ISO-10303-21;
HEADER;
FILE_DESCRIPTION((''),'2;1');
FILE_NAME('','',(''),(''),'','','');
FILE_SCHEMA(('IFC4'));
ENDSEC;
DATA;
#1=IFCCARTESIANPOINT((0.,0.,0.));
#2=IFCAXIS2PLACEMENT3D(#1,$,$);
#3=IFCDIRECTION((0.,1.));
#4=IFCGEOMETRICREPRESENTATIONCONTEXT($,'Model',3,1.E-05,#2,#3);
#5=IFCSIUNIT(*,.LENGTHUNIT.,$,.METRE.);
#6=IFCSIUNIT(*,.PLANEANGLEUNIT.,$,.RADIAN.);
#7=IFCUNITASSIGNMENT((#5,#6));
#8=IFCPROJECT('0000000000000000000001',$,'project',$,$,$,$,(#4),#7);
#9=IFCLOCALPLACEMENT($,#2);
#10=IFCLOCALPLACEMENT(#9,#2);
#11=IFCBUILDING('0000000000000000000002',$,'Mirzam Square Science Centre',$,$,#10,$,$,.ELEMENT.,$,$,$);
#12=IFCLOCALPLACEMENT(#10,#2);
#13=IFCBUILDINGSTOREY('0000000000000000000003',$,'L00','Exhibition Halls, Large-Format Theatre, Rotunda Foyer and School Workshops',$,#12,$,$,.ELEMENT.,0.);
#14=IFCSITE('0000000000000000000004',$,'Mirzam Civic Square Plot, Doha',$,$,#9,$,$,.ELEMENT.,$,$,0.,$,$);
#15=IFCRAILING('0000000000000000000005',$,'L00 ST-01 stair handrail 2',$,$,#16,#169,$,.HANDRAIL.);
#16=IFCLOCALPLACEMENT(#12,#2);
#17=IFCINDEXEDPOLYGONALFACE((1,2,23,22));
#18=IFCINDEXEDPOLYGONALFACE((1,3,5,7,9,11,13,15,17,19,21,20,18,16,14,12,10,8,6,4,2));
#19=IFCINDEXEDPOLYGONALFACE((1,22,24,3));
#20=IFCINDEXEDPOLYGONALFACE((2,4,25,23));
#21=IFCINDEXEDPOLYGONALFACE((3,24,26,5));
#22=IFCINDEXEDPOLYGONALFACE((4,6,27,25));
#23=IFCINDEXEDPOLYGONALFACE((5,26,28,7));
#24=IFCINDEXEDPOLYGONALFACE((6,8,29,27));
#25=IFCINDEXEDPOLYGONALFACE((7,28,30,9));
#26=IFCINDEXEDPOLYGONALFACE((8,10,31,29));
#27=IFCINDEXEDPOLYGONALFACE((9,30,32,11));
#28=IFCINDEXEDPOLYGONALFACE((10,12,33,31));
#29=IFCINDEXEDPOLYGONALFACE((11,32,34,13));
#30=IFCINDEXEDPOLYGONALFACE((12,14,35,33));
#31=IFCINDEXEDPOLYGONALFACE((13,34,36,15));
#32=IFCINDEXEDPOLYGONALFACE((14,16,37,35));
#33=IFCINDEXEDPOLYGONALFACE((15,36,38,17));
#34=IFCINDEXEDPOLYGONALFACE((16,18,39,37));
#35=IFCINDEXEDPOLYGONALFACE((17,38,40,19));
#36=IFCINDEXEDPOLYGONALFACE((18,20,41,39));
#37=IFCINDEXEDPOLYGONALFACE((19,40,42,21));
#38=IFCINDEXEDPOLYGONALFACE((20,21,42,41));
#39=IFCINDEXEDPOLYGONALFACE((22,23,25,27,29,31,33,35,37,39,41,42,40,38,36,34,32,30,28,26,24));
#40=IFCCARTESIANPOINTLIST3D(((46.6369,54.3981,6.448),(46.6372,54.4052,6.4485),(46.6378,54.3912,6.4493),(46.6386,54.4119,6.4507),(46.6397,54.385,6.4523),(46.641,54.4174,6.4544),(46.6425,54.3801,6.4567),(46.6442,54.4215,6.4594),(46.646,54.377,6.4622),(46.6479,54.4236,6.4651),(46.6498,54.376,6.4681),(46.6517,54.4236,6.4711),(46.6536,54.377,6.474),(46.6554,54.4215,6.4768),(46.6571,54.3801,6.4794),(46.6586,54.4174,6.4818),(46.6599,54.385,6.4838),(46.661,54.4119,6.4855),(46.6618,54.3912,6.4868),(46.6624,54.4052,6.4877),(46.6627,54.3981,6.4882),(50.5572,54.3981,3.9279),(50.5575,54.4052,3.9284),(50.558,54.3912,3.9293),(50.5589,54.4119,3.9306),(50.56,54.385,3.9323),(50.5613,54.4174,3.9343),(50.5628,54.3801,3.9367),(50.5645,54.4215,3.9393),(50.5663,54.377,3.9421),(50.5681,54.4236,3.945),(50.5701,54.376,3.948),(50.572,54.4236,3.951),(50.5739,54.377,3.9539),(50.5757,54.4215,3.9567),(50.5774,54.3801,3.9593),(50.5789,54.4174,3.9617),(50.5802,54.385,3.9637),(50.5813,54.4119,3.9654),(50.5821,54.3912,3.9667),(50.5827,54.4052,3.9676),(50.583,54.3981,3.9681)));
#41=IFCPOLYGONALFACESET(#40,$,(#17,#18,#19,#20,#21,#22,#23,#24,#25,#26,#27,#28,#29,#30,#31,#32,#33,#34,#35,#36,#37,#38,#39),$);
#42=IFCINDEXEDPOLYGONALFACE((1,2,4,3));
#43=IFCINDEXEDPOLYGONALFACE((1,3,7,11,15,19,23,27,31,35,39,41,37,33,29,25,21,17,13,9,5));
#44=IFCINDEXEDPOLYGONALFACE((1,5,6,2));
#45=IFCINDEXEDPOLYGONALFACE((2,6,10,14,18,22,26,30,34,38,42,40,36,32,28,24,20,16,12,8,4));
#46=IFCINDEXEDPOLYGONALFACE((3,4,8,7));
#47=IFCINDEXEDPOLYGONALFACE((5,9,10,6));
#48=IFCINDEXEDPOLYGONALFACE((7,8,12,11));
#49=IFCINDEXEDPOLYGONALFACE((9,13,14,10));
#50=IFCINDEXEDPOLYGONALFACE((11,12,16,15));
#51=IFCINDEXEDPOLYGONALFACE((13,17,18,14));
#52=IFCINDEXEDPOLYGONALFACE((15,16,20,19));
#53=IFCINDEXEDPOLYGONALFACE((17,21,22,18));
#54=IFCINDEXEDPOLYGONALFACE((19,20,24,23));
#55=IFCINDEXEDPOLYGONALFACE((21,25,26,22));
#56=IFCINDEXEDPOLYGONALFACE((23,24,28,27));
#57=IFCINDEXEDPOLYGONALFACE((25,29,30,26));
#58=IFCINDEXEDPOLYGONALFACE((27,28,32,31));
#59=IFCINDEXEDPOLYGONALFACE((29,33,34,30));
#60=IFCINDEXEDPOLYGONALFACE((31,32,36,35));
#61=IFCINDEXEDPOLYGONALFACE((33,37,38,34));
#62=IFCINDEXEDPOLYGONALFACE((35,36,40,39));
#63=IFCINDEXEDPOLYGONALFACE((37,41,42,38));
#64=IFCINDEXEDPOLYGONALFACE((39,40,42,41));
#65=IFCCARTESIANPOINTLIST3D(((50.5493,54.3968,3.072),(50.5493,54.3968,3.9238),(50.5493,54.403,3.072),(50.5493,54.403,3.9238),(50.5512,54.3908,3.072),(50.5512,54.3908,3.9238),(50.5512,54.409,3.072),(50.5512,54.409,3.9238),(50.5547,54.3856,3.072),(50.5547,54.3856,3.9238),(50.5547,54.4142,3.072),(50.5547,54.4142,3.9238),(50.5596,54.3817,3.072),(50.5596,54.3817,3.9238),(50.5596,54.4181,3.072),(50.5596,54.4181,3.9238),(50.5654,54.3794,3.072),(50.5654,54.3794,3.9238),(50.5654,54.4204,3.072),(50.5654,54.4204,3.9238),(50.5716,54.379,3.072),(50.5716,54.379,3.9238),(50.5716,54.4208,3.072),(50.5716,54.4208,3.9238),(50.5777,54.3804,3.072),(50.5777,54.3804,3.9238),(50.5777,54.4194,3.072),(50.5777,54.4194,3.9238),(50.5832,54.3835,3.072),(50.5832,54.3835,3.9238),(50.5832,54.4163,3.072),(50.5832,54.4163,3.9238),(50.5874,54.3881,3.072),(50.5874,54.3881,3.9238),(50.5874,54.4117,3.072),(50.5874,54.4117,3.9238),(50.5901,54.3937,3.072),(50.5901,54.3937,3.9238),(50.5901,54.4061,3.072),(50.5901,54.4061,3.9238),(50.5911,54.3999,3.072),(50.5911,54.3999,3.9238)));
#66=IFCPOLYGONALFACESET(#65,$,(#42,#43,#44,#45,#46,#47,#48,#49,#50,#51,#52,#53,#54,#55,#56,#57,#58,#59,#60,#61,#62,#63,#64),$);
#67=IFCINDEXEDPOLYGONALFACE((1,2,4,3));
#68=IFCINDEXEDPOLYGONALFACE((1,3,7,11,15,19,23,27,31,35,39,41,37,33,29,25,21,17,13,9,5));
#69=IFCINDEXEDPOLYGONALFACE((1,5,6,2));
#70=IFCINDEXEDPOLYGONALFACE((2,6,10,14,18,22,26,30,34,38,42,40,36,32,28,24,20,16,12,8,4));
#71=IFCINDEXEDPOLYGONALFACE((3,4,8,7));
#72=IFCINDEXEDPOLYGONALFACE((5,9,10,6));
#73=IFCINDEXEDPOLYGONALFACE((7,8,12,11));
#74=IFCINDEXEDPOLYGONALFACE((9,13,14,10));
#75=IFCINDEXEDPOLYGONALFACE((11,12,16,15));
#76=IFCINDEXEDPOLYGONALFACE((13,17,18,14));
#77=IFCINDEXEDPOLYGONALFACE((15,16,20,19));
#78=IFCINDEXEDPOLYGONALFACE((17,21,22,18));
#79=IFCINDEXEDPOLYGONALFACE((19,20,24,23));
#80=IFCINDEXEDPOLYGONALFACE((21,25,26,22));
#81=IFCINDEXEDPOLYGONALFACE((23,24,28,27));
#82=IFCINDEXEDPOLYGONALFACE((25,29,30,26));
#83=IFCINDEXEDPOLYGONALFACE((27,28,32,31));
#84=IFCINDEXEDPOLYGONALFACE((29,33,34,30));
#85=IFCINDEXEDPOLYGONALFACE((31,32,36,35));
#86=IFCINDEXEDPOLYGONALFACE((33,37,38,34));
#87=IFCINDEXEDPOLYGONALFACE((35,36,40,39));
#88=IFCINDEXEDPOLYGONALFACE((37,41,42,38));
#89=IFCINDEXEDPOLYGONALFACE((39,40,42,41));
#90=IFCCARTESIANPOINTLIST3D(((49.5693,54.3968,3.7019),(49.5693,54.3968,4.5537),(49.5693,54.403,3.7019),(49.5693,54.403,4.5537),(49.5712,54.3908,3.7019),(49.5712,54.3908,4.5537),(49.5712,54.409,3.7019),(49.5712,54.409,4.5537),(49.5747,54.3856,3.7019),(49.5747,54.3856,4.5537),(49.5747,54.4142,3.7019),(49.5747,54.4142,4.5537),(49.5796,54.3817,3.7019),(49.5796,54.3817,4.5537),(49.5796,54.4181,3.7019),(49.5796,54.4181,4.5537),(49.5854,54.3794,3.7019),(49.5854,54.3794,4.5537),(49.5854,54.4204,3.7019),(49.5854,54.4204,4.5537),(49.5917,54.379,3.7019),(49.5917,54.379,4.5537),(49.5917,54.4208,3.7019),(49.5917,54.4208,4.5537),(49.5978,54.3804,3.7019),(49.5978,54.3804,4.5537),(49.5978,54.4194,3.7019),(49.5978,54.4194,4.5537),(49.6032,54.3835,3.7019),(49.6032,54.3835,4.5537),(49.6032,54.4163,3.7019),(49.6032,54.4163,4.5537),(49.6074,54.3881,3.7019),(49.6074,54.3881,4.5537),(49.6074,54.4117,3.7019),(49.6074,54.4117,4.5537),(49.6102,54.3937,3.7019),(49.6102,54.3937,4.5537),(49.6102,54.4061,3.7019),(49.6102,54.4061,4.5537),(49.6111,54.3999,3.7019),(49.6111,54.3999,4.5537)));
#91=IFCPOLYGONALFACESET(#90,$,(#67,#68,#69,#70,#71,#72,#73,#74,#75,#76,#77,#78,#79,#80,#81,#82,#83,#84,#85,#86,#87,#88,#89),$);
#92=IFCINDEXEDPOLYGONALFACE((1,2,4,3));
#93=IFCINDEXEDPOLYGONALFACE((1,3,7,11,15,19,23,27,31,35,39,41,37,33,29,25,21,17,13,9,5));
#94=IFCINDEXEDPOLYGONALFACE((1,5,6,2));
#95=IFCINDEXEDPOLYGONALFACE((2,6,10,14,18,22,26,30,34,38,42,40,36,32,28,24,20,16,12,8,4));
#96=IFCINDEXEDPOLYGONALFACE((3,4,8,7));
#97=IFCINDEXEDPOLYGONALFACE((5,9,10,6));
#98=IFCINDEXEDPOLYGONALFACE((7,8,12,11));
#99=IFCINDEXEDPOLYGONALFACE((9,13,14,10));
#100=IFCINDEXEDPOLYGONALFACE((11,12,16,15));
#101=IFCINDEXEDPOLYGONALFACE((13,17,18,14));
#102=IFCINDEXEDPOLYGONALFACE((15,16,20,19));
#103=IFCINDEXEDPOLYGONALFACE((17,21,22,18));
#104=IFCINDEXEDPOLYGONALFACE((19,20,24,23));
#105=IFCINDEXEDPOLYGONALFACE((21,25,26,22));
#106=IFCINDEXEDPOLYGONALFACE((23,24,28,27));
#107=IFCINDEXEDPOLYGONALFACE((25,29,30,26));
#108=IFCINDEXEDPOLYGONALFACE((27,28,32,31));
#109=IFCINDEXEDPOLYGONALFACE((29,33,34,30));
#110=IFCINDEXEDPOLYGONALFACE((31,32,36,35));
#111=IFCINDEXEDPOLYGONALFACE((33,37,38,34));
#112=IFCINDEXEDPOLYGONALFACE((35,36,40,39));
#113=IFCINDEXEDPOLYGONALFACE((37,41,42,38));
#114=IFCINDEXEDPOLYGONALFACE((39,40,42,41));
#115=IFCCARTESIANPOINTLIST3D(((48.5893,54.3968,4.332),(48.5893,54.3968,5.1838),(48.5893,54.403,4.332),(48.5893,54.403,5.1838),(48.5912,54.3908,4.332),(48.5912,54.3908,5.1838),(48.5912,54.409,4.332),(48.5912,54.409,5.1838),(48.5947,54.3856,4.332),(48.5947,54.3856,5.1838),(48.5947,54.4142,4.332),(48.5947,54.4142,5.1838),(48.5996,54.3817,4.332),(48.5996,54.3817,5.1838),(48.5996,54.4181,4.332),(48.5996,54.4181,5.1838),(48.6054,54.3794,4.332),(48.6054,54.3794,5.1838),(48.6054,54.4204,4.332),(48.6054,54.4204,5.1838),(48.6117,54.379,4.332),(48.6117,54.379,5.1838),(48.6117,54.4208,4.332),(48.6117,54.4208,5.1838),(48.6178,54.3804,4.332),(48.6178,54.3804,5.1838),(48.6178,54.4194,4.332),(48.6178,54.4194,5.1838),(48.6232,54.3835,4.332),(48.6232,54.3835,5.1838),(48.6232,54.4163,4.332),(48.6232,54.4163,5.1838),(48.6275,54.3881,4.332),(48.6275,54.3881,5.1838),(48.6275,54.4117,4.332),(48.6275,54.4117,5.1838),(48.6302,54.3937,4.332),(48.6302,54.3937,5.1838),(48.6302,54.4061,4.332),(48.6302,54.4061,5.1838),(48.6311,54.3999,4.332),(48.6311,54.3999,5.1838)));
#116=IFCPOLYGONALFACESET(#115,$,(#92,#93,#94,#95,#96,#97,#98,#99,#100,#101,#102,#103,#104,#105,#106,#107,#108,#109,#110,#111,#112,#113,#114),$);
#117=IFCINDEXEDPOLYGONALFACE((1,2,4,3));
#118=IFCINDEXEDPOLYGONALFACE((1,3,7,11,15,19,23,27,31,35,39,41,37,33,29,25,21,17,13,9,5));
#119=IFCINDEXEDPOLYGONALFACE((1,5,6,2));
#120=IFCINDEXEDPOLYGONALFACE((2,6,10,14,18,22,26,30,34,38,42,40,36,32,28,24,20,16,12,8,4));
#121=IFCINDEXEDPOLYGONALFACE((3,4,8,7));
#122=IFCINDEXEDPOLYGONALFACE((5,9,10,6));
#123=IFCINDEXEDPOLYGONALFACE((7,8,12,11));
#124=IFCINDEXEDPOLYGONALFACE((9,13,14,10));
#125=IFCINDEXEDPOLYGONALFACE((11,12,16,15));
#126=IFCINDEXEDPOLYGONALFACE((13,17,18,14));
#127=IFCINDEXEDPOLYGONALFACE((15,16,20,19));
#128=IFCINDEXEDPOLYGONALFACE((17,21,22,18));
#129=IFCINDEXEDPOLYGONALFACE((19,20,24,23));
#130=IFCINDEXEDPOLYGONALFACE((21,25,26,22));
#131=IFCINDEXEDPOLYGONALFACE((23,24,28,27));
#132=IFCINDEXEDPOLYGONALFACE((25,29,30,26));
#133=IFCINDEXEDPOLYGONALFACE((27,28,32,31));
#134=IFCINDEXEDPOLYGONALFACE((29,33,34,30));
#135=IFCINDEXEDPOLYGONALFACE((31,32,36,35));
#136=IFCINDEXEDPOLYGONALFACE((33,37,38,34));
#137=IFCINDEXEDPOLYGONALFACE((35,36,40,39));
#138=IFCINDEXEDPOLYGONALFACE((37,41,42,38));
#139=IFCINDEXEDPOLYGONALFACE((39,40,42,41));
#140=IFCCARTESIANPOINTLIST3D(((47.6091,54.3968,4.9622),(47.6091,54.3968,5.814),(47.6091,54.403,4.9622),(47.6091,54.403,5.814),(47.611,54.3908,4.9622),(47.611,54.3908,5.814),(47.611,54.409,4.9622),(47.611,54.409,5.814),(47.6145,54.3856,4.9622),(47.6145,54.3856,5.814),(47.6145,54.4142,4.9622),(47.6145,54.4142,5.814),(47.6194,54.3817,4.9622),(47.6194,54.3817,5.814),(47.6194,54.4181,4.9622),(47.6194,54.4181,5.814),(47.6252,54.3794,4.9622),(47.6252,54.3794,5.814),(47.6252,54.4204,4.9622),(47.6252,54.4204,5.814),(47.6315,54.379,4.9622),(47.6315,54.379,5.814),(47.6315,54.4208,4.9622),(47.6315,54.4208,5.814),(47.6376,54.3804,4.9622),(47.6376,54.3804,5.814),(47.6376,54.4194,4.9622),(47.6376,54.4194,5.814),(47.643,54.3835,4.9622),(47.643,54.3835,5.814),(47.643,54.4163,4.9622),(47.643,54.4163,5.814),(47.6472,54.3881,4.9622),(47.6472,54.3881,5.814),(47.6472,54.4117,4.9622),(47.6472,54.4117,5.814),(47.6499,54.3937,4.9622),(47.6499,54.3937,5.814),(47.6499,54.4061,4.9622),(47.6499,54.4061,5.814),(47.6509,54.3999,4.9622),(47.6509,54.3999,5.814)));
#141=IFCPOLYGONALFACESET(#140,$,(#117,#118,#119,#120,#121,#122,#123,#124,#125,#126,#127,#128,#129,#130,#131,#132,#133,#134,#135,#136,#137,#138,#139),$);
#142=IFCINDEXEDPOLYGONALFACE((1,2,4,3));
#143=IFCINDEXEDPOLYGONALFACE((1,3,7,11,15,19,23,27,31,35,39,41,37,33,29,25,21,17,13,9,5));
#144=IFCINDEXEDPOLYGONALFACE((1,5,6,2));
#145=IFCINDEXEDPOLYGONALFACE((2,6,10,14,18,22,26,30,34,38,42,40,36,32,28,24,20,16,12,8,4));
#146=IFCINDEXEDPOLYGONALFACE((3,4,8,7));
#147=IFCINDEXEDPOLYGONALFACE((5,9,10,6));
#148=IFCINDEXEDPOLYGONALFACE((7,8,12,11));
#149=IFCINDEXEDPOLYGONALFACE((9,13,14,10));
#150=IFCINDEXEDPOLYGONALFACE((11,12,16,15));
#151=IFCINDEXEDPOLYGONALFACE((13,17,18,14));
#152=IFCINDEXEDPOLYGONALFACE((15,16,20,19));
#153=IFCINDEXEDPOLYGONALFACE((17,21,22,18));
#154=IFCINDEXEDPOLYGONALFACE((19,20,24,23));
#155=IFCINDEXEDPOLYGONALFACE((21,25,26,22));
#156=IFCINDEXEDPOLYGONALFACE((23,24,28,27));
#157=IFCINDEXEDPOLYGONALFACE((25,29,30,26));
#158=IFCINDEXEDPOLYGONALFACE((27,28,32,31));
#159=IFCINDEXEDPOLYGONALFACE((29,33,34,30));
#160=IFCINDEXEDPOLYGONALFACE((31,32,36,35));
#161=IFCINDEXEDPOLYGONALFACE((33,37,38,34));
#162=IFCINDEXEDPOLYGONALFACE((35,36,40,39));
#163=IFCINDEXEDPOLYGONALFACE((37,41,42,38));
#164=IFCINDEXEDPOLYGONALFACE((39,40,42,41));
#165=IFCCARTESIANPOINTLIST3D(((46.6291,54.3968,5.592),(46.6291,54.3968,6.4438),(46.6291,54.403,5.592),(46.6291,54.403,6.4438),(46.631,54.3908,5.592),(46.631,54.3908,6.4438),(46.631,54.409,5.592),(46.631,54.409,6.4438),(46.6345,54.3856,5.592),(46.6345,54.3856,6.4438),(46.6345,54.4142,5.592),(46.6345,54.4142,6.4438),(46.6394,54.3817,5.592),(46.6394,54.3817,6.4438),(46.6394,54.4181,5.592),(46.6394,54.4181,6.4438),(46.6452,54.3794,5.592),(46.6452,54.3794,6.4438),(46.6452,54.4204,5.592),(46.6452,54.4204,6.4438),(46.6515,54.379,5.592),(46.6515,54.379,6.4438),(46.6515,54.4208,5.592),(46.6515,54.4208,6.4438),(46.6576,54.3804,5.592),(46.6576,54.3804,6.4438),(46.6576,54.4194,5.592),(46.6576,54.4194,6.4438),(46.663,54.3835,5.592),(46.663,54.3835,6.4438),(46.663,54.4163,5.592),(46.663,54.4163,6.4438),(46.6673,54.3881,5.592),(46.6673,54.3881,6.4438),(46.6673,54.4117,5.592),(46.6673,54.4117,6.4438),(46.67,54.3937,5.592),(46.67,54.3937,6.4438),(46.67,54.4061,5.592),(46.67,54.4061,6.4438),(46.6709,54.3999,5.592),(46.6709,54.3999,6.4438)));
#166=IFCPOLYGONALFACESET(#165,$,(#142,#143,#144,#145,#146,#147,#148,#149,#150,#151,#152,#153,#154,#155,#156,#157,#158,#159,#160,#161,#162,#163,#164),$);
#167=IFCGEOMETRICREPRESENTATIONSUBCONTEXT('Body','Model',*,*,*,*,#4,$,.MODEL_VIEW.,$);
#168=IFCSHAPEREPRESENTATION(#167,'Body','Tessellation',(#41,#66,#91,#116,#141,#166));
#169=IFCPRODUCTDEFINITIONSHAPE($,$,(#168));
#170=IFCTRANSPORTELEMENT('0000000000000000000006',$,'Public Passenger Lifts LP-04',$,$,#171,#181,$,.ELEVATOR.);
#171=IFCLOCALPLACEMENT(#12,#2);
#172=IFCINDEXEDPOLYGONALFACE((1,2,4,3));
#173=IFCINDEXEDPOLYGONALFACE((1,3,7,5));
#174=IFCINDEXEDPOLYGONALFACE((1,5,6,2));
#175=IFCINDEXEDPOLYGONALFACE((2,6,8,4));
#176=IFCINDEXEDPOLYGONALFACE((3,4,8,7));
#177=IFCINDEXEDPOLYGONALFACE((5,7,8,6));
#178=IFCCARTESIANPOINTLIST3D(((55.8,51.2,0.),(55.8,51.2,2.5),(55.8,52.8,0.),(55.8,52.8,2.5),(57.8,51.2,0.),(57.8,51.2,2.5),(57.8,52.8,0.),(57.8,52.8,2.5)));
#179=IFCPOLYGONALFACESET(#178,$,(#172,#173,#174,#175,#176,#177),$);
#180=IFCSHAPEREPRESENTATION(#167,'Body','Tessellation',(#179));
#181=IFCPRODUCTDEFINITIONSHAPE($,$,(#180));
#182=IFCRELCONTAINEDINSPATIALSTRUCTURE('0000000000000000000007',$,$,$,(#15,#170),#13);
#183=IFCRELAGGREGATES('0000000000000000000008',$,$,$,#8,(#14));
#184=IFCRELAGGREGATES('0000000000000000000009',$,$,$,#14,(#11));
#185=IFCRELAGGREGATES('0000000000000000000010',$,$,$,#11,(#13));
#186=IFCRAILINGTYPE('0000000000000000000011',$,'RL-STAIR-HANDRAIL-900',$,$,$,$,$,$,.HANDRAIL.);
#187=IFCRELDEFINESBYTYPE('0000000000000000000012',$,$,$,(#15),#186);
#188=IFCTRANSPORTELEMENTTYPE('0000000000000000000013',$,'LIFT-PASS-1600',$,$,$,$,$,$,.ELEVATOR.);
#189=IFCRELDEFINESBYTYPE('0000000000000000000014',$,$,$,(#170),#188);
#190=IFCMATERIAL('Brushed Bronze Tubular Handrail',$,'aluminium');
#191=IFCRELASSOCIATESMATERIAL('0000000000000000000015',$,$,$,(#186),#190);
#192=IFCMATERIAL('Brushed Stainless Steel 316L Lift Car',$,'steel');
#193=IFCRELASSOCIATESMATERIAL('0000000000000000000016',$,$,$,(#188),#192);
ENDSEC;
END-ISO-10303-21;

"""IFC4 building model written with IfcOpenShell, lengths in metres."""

from ifc_helpers import new_model, si_unit, direction, frame, origin, origin_2d, place, context, subcontext, project, spatial, rectangle, circle, extrude, material, type_object, element, save


model = new_model("IFC4")

# Units and contexts
model_context = context("Model", 3, precision=1e-05, world=origin(), true_north=direction((0.0, 1.0)))
body_context = subcontext(model_context, "Body", "Model", "MODEL_VIEW")
ifc_project = project(units=[si_unit("LENGTHUNIT", "METRE"), si_unit("PLANEANGLEUNIT", "RADIAN")], contexts=[model_context])

# Site, building, storey
site_placement = place(None, origin())
site = spatial("IfcSite", under=ifc_project, at=site_placement, Name="Mirzam Civic Square Plot, Doha", CompositionType="ELEMENT", RefElevation=0.0)
building_placement = place(site_placement, origin())
building = spatial("IfcBuilding", under=site, at=building_placement, Name="Mirzam Square Science Centre", CompositionType="ELEMENT")
storey_placement = place(building_placement, origin())
storey = spatial("IfcBuildingStorey", under=building, at=storey_placement, Name="L00", Description="Exhibition Halls, Large-Format Theatre, Rotunda Foyer and School Workshops", CompositionType="ELEMENT", Elevation=0.0)

# Railing
ifc_material_1 = material(Name="Brushed Bronze Tubular Handrail", Category="aluminium")
railing_type_1 = type_object("IfcRailingType", Name="RL-STAIR-HANDRAIL-900", PredefinedType="HANDRAIL", material=ifc_material_1)
railing_1_placement = place(storey_placement, frame((50.5701, 54.3999, 3.072)))
element("IfcRailing", 1, at=railing_1_placement, inside=storey, type_object=railing_type_1, Name="L00 ST-01 stair handrail 2", PredefinedType="HANDRAIL", context=body_context, shape_type="SweptSolid", body=[
    extrude(circle(Radius=0.0239, at=origin_2d()), frame((0.0, 0.0, 0.876), z_axis=(-0.841187, 0.0, 0.540744), x_axis=(0.0, -1.0, 0.0)), (0.0, 0.0, 1.0), 4.6604),
    extrude(circle(Radius=0.021, at=origin_2d()), origin(), (0.0, 0.0, 1.0), 0.8518),
    extrude(circle(Radius=0.021, at=origin_2d()), frame((-0.98, 0.0, 0.6299)), (0.0, 0.0, 1.0), 0.8518),
    extrude(circle(Radius=0.021, at=origin_2d()), frame((-1.96, 0.0, 1.26)), (0.0, 0.0, 1.0), 0.8518),
    extrude(circle(Radius=0.021, at=origin_2d()), frame((-2.9402, 0.0, 1.8901)), (0.0, 0.0, 1.0), 0.8518),
    extrude(circle(Radius=0.021, at=origin_2d()), frame((-3.9202, 0.0, 2.52)), (0.0, 0.0, 1.0), 0.8518),
])

# Transport element
ifc_material_2 = material(Name="Brushed Stainless Steel 316L Lift Car", Category="steel")
transport_element_type = type_object("IfcTransportElementType", Name="LIFT-PASS-1600", PredefinedType="ELEVATOR", material=ifc_material_2)
transport_element_placement = place(storey_placement, frame((56.8, 52.0, 0.0), z_axis=(0.0, 0.0, 1.0), x_axis=(1.0, 0.0, 0.0)))
element("IfcTransportElement", 2, at=transport_element_placement, inside=storey, type_object=transport_element_type, Name="Public Passenger Lifts LP-04", PredefinedType="ELEVATOR", context=body_context, shape_type="SweptSolid", body=[
    extrude(rectangle(XDim=2.0, YDim=1.6001, at=origin_2d()), origin(), (0.0, 0.0, 1.0), 2.5),
])

save(model, "model.ifc")
